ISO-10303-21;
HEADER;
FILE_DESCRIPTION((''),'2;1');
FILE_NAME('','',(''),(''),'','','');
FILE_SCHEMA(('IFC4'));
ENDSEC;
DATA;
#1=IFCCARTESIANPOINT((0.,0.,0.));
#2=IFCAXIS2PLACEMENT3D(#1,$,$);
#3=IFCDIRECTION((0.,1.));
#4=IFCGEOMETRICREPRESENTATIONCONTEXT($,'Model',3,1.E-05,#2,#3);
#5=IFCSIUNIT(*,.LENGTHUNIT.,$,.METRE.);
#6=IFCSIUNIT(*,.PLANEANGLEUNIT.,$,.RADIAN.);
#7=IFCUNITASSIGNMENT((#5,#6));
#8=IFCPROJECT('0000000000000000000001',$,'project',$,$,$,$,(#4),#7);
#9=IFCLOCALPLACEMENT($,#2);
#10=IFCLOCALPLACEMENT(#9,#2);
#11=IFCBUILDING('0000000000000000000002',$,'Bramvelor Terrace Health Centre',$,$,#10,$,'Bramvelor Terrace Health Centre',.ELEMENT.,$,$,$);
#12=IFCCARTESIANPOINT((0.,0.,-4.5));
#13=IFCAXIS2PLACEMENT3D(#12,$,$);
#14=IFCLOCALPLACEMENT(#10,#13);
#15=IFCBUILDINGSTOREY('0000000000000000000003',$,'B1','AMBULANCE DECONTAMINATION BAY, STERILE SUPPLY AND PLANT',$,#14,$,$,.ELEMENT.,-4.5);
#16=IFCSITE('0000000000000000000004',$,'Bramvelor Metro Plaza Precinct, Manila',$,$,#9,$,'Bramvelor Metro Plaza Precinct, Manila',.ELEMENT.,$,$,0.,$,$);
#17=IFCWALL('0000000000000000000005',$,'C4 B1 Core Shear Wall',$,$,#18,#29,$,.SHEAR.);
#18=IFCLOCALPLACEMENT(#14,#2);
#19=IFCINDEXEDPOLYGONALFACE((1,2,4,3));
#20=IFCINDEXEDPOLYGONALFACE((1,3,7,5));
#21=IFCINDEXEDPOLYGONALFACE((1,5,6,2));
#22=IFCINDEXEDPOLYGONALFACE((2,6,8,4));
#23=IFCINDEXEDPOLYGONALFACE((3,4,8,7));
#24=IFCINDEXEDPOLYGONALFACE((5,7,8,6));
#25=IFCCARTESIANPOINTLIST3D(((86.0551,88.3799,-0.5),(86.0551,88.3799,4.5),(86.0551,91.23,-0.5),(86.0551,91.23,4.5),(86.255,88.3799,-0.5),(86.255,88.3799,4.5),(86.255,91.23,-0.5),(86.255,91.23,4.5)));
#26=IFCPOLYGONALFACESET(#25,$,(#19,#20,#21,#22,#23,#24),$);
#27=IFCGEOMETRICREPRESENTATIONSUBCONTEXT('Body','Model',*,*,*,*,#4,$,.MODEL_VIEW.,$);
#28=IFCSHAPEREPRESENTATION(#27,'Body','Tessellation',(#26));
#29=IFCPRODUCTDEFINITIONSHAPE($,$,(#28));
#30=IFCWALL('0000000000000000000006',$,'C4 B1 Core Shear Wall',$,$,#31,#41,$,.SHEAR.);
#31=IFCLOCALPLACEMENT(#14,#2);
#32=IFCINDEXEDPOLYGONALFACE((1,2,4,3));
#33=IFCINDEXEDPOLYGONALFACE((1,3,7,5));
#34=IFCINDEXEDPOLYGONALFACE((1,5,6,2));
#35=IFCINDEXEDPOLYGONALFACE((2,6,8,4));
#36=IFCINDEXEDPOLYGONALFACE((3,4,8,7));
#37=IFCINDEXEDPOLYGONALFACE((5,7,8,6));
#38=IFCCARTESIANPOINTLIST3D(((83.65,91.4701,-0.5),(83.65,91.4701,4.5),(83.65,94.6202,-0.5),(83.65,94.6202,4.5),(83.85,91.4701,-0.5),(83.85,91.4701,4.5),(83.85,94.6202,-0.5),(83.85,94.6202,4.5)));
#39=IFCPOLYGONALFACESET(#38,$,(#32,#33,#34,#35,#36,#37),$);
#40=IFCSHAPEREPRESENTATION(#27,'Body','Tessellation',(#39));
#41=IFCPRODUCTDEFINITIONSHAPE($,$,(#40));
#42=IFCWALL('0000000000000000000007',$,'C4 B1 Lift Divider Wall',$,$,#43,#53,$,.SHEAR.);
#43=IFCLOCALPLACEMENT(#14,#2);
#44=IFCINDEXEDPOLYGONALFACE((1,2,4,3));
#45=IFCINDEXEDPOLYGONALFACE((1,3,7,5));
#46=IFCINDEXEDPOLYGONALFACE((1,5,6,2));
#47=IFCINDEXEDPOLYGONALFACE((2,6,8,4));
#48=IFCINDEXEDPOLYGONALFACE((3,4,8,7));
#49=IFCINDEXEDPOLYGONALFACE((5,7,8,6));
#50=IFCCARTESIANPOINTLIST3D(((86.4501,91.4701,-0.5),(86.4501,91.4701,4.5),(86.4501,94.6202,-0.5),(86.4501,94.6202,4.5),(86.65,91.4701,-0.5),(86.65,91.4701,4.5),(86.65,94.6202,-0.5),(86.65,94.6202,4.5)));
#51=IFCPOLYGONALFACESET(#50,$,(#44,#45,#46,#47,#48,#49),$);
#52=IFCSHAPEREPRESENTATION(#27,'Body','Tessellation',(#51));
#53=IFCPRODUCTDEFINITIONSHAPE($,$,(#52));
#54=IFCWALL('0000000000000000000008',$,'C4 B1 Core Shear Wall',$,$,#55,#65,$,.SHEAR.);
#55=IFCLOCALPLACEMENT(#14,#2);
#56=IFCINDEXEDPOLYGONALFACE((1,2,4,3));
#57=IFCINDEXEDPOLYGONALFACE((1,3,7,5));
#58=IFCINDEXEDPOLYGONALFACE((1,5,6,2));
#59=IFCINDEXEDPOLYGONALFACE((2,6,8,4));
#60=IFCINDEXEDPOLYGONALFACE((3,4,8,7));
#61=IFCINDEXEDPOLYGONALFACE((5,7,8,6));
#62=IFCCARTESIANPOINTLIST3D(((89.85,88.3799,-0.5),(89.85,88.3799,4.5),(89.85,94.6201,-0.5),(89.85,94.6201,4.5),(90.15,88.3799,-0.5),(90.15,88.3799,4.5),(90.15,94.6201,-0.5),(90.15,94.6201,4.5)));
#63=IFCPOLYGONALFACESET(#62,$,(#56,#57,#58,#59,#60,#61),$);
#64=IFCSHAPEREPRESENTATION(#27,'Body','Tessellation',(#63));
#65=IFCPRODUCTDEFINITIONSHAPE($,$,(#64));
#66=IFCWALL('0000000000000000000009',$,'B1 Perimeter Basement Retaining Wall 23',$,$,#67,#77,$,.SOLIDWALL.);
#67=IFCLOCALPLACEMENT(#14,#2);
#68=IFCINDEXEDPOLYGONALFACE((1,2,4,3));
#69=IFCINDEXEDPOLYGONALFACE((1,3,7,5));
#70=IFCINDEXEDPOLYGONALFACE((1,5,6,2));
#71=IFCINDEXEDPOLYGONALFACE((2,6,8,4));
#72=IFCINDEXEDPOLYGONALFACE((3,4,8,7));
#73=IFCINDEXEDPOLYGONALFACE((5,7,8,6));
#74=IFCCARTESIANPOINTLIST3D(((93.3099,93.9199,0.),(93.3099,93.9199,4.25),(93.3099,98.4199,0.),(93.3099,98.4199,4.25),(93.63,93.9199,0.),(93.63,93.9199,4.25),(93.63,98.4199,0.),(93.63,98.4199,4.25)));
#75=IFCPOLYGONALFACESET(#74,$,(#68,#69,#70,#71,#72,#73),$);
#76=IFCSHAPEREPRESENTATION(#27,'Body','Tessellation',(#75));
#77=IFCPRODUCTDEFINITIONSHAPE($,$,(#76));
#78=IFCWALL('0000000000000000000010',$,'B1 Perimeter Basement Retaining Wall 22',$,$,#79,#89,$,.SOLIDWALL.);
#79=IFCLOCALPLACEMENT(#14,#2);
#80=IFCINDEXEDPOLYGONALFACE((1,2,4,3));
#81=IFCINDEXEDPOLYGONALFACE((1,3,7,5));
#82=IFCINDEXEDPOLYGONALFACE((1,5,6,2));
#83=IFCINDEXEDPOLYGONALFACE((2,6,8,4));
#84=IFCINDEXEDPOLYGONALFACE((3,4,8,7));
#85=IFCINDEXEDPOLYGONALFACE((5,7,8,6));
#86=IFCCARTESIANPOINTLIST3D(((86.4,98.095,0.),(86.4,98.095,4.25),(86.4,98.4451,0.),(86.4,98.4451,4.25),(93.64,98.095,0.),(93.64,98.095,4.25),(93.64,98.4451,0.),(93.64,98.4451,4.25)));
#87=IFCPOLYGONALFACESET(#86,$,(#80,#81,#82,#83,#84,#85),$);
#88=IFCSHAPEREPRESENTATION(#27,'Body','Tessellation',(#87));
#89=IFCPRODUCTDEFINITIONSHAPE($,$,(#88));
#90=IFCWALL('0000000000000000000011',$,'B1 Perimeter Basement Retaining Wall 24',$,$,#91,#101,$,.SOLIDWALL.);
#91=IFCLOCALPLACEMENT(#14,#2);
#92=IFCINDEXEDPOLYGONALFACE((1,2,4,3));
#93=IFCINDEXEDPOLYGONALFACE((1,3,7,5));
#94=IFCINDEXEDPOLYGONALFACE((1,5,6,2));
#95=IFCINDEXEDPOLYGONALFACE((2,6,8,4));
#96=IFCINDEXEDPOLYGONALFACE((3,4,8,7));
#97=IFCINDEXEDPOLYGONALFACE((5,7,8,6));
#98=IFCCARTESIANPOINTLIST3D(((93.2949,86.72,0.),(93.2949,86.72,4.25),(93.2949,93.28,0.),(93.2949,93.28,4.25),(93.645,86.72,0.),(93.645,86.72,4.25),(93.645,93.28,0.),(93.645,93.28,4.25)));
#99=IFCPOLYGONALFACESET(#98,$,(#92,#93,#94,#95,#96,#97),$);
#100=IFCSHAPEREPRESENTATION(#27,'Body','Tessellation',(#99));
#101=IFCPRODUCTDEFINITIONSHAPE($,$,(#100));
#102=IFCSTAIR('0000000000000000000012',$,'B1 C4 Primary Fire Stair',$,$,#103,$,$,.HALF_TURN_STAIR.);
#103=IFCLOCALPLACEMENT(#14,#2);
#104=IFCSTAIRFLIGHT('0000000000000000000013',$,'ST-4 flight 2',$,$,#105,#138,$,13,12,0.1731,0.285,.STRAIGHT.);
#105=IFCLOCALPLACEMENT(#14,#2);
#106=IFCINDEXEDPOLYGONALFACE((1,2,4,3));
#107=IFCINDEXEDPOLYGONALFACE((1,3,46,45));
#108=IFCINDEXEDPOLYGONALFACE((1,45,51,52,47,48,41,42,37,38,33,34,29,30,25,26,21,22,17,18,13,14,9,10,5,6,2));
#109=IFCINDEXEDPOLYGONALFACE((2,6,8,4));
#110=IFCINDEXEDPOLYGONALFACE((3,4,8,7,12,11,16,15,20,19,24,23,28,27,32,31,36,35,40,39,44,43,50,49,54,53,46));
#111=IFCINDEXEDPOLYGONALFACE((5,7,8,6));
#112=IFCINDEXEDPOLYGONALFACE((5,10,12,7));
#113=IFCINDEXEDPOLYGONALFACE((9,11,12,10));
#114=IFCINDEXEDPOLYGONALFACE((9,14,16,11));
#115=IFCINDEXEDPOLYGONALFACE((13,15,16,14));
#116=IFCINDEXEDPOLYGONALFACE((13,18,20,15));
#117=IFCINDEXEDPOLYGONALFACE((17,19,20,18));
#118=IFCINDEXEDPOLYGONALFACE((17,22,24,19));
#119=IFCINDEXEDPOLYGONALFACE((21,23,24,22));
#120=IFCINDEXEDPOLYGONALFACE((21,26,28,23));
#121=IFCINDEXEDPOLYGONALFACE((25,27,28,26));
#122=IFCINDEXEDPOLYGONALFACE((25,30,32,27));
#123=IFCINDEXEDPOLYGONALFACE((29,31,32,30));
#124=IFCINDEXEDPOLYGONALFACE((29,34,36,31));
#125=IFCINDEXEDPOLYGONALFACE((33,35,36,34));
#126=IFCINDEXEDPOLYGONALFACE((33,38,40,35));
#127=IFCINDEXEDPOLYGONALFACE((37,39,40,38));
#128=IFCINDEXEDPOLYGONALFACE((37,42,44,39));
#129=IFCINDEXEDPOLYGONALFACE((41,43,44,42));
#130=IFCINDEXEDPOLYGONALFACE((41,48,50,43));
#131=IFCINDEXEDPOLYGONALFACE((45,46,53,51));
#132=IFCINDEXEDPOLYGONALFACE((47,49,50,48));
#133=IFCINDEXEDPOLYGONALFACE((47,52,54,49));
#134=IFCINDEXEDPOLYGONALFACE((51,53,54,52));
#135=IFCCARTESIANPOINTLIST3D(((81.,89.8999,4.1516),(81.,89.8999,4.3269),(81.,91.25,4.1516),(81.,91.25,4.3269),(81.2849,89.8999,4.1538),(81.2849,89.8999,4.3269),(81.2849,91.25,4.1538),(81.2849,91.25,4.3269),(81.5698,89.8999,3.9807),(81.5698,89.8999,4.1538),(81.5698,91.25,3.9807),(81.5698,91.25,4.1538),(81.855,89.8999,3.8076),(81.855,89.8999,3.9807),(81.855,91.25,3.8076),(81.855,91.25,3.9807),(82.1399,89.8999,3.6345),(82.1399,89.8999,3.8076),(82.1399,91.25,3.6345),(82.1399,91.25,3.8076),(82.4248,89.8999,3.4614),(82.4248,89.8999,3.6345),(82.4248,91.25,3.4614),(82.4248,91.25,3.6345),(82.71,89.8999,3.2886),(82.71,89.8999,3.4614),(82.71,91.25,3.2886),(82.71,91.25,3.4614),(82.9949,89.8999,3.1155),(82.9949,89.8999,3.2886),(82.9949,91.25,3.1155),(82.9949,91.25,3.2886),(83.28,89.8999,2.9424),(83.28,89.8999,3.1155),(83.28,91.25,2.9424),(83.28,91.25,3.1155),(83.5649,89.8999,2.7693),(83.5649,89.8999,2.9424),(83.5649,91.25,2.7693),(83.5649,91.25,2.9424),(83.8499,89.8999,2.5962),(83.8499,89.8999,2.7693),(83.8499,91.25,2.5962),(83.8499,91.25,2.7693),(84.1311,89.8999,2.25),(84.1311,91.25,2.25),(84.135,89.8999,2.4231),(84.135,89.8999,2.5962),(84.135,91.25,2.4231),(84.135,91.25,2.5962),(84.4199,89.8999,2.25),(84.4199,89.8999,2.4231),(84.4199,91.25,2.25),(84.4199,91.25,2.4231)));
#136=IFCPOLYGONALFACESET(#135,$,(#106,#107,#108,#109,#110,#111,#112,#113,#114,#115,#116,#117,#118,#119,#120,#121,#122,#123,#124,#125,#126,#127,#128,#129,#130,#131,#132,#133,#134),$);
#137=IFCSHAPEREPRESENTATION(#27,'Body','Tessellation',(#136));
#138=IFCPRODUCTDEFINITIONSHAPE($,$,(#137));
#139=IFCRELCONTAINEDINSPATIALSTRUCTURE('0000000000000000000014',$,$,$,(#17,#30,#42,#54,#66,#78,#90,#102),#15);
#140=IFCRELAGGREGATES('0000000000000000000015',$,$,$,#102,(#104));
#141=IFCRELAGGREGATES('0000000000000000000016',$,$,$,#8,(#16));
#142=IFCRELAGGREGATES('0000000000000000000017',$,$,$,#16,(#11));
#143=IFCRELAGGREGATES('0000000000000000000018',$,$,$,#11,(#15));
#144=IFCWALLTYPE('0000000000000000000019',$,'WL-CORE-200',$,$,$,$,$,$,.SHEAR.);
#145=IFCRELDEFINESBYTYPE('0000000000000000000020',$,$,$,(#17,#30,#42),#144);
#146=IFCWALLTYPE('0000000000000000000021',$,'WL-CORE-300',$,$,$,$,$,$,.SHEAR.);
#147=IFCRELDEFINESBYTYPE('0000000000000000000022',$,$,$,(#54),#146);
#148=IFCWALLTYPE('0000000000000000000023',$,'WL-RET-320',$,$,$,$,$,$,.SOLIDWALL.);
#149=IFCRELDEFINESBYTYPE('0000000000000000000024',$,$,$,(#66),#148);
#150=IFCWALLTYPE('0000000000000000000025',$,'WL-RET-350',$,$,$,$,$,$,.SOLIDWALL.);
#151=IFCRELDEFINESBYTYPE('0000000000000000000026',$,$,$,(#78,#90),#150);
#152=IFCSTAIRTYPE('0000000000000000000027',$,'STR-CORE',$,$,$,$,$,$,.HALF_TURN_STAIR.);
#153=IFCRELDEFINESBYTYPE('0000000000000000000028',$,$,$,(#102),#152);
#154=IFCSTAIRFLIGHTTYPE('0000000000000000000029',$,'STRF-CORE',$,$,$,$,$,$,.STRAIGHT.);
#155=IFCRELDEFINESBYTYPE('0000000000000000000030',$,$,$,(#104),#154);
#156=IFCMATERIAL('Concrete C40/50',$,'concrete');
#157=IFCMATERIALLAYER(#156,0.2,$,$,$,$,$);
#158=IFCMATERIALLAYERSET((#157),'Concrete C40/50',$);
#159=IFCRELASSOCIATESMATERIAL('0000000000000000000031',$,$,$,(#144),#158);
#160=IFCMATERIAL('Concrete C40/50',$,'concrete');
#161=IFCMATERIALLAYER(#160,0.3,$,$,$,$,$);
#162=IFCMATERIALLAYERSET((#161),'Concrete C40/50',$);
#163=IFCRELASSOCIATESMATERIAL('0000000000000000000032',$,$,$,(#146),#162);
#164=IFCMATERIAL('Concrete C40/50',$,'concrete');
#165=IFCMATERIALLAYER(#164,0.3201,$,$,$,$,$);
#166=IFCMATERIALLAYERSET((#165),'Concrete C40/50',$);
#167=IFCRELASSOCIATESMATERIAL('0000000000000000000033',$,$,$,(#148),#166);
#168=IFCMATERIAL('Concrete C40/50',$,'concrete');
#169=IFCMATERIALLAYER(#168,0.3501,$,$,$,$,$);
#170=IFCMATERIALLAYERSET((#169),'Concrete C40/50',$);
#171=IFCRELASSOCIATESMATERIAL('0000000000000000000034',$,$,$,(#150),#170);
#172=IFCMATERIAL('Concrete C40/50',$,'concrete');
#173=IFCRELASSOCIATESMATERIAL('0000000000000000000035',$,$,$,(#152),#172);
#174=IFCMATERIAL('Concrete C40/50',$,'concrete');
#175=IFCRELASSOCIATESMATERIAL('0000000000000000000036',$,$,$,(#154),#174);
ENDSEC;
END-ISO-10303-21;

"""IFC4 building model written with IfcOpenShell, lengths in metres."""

from ifc_helpers import new_model, si_unit, direction, frame, frame_2d, origin, place, context, subcontext, project, spatial, polyline, rectangle, outline, extrude, material, layer, layer_set, type_object, element, aggregate, save


model = new_model("IFC4")

# Units and contexts
model_context = context("Model", 3, precision=1e-05, world=origin(), true_north=direction((0.0, 1.0)))
body_context = subcontext(model_context, "Body", "Model", "MODEL_VIEW")
ifc_project = project(units=[si_unit("LENGTHUNIT", "METRE"), si_unit("PLANEANGLEUNIT", "RADIAN")], contexts=[model_context])

# Site, building, storey
site_placement = place(None, origin())
site = spatial("IfcSite", under=ifc_project, at=site_placement, Name="Bramvelor Metro Plaza Precinct, Manila", LongName="Bramvelor Metro Plaza Precinct, Manila", CompositionType="ELEMENT", RefElevation=0.0)
building_placement = place(site_placement, origin())
building = spatial("IfcBuilding", under=site, at=building_placement, Name="Bramvelor Terrace Health Centre", LongName="Bramvelor Terrace Health Centre", CompositionType="ELEMENT")
storey_placement = place(building_placement, frame((0.0, 0.0, -4.5)))
storey = spatial("IfcBuildingStorey", under=building, at=storey_placement, Name="B1", Description="AMBULANCE DECONTAMINATION BAY, STERILE SUPPLY AND PLANT", CompositionType="ELEMENT", Elevation=-4.5)

# Walls
ifc_material_1 = material(Name="Concrete C40/50", Category="concrete")
ifc_layer_1 = layer(ifc_material_1, 0.2)
ifc_layer_set_1 = layer_set([ifc_layer_1], Name="Concrete C40/50")
wall_type_1 = type_object("IfcWallType", Name="WL-CORE-200", PredefinedType="SHEAR", material=ifc_layer_set_1)
wall_1_placement = place(storey_placement, frame((86.155, 88.3799, -0.5), z_axis=(0.0, 0.0, 1.0), x_axis=(0.0, 1.0, 0.0)))
element("IfcWall", 1, at=wall_1_placement, inside=storey, type_object=wall_type_1, Name="C4 B1 Core Shear Wall", PredefinedType="SHEAR", context=body_context, shape_type="SweptSolid", body=[
    extrude(rectangle(XDim=2.8501, YDim=0.2, at=frame_2d((1.425, 0.0))), origin(), (0.0, 0.0, 1.0), 5.0),
])
for number, where, z_axis, x_axis, name in (
    (2, (83.75, 91.47, -0.5), (0.0, 0.0, 1.0), (0.0, 1.0, 0.0), "C4 B1 Core Shear Wall"),
    (3, (86.55, 91.47, -0.5), (0.0, 0.0, 1.0), (0.0, 1.0, 0.0), "C4 B1 Lift Divider Wall"),
):
    element("IfcWall", number, at=place(storey_placement, frame(where, z_axis=z_axis, x_axis=x_axis)), inside=storey, type_object=wall_type_1, Name=name, PredefinedType="SHEAR", context=body_context, shape_type="SweptSolid", body=[
        extrude(rectangle(XDim=3.1501, YDim=0.2, at=frame_2d((1.5752, 0.0))), origin(), (0.0, 0.0, 1.0), 5.0),
    ])
ifc_material_2 = material(Name="Concrete C40/50", Category="concrete")
ifc_layer_2 = layer(ifc_material_2, 0.3)
ifc_layer_set_2 = layer_set([ifc_layer_2], Name="Concrete C40/50")
wall_type_2 = type_object("IfcWallType", Name="WL-CORE-300", PredefinedType="SHEAR", material=ifc_layer_set_2)
wall_2_placement = place(storey_placement, frame((90.0, 88.3799, -0.5), z_axis=(0.0, 0.0, 1.0), x_axis=(0.0, 1.0, 0.0)))
element("IfcWall", 4, at=wall_2_placement, inside=storey, type_object=wall_type_2, Name="C4 B1 Core Shear Wall", PredefinedType="SHEAR", context=body_context, shape_type="SweptSolid", body=[
    extrude(rectangle(XDim=6.2402, YDim=0.3, at=frame_2d((3.1201, 0.0))), origin(), (0.0, 0.0, 1.0), 5.0),
])
ifc_material_3 = material(Name="Concrete C40/50", Category="concrete")
ifc_layer_3 = layer(ifc_material_3, 0.3201)
ifc_layer_set_3 = layer_set([ifc_layer_3], Name="Concrete C40/50")
wall_type_3 = type_object("IfcWallType", Name="WL-RET-320", PredefinedType="SOLIDWALL", material=ifc_layer_set_3)
wall_3_placement = place(storey_placement, frame((93.47, 98.4199, 0.0), z_axis=(0.0, 0.0, 1.0), x_axis=(0.0, -1.0, 0.0)))
element("IfcWall", 5, at=wall_3_placement, inside=storey, type_object=wall_type_3, Name="B1 Perimeter Basement Retaining Wall 23", PredefinedType="SOLIDWALL", context=body_context, shape_type="SweptSolid", body=[
    extrude(rectangle(XDim=4.5, YDim=0.3201, at=frame_2d((2.25, 0.0))), origin(), (0.0, 0.0, 1.0), 4.25),
])
ifc_material_4 = material(Name="Concrete C40/50", Category="concrete")
ifc_layer_4 = layer(ifc_material_4, 0.3501)
ifc_layer_set_4 = layer_set([ifc_layer_4], Name="Concrete C40/50")
wall_type_4 = type_object("IfcWallType", Name="WL-RET-350", PredefinedType="SOLIDWALL", material=ifc_layer_set_4)
wall_4_placement = place(storey_placement, frame((86.3999, 98.27, 0.0), z_axis=(0.0, 0.0, 1.0), x_axis=(1.0, 0.0, 0.0)))
element("IfcWall", 6, at=wall_4_placement, inside=storey, type_object=wall_type_4, Name="B1 Perimeter Basement Retaining Wall 22", PredefinedType="SOLIDWALL", context=body_context, shape_type="SweptSolid", body=[
    extrude(rectangle(XDim=7.24, YDim=0.3501, at=frame_2d((3.6201, 0.0))), origin(), (0.0, 0.0, 1.0), 4.25),
])
wall_5_placement = place(storey_placement, frame((93.47, 93.28, 0.0), z_axis=(0.0, 0.0, 1.0), x_axis=(0.0, -1.0, 0.0)))
element("IfcWall", 7, at=wall_5_placement, inside=storey, type_object=wall_type_4, Name="B1 Perimeter Basement Retaining Wall 24", PredefinedType="SOLIDWALL", context=body_context, shape_type="SweptSolid", body=[
    extrude(rectangle(XDim=6.5601, YDim=0.3501, at=frame_2d((3.28, 0.0))), origin(), (0.0, 0.0, 1.0), 4.25),
])

# Stair, stair flight
ifc_material_5 = material(Name="Concrete C40/50", Category="concrete")
stair_type = type_object("IfcStairType", Name="STR-CORE", PredefinedType="HALF_TURN_STAIR", material=ifc_material_5)
stair_placement = place(storey_placement, origin())
stair = element("IfcStair", 8, at=stair_placement, inside=storey, type_object=stair_type, Name="B1 C4 Primary Fire Stair", PredefinedType="HALF_TURN_STAIR")
ifc_material_6 = material(Name="Concrete C40/50", Category="concrete")
stair_flight_type = type_object("IfcStairFlightType", Name="STRF-CORE", PredefinedType="STRAIGHT", material=ifc_material_6)
stair_flight_placement = place(storey_placement, frame((84.4199, 90.575, 2.25), z_axis=(0.0, 0.0, 1.0), x_axis=(-1.0, 0.0, 0.0)))
stair_flight = element("IfcStairFlight", 9, at=stair_flight_placement, type_object=stair_flight_type, Name="ST-4 flight 2", NumberOfRisers=13, NumberOfTreads=12, PredefinedType="STRAIGHT", RiserHeight=0.1731, TreadLength=0.285, context=body_context, shape_type="SweptSolid", body=[
    extrude(outline(polyline([(0.0, 0.0), (0.0, 0.1731), (0.2849, 0.1731), (0.2849, 0.3462), (0.5701, 0.3462), (0.5701, 0.5193), (0.855, 0.5193), (0.855, 0.6924), (1.1399, 0.6924), (1.1399, 0.8655), (1.425, 0.8655), (1.425, 1.0386), (1.71, 1.0386), (1.71, 1.2114), (1.9951, 1.2114), (1.9951, 1.3845), (2.28, 1.3845), (2.28, 1.5576), (2.5649, 1.5576), (2.5649, 1.7307), (2.8501, 1.7307), (2.8501, 1.9038), (3.135, 1.9038), (3.135, 2.0769), (3.4199, 2.0769), (3.4199, 2.25), (3.4199, 1.9016), (0.2888, 0.0), (0.0, 0.0)])), frame((0.0, 0.675, 0.0), z_axis=(0.0, -1.0, 0.0), x_axis=(1.0, 0.0, 0.0)), (0.0, 0.0, 1.0), 1.3501),
])
aggregate(stair, [stair_flight])

save(model, "model.ifc")
